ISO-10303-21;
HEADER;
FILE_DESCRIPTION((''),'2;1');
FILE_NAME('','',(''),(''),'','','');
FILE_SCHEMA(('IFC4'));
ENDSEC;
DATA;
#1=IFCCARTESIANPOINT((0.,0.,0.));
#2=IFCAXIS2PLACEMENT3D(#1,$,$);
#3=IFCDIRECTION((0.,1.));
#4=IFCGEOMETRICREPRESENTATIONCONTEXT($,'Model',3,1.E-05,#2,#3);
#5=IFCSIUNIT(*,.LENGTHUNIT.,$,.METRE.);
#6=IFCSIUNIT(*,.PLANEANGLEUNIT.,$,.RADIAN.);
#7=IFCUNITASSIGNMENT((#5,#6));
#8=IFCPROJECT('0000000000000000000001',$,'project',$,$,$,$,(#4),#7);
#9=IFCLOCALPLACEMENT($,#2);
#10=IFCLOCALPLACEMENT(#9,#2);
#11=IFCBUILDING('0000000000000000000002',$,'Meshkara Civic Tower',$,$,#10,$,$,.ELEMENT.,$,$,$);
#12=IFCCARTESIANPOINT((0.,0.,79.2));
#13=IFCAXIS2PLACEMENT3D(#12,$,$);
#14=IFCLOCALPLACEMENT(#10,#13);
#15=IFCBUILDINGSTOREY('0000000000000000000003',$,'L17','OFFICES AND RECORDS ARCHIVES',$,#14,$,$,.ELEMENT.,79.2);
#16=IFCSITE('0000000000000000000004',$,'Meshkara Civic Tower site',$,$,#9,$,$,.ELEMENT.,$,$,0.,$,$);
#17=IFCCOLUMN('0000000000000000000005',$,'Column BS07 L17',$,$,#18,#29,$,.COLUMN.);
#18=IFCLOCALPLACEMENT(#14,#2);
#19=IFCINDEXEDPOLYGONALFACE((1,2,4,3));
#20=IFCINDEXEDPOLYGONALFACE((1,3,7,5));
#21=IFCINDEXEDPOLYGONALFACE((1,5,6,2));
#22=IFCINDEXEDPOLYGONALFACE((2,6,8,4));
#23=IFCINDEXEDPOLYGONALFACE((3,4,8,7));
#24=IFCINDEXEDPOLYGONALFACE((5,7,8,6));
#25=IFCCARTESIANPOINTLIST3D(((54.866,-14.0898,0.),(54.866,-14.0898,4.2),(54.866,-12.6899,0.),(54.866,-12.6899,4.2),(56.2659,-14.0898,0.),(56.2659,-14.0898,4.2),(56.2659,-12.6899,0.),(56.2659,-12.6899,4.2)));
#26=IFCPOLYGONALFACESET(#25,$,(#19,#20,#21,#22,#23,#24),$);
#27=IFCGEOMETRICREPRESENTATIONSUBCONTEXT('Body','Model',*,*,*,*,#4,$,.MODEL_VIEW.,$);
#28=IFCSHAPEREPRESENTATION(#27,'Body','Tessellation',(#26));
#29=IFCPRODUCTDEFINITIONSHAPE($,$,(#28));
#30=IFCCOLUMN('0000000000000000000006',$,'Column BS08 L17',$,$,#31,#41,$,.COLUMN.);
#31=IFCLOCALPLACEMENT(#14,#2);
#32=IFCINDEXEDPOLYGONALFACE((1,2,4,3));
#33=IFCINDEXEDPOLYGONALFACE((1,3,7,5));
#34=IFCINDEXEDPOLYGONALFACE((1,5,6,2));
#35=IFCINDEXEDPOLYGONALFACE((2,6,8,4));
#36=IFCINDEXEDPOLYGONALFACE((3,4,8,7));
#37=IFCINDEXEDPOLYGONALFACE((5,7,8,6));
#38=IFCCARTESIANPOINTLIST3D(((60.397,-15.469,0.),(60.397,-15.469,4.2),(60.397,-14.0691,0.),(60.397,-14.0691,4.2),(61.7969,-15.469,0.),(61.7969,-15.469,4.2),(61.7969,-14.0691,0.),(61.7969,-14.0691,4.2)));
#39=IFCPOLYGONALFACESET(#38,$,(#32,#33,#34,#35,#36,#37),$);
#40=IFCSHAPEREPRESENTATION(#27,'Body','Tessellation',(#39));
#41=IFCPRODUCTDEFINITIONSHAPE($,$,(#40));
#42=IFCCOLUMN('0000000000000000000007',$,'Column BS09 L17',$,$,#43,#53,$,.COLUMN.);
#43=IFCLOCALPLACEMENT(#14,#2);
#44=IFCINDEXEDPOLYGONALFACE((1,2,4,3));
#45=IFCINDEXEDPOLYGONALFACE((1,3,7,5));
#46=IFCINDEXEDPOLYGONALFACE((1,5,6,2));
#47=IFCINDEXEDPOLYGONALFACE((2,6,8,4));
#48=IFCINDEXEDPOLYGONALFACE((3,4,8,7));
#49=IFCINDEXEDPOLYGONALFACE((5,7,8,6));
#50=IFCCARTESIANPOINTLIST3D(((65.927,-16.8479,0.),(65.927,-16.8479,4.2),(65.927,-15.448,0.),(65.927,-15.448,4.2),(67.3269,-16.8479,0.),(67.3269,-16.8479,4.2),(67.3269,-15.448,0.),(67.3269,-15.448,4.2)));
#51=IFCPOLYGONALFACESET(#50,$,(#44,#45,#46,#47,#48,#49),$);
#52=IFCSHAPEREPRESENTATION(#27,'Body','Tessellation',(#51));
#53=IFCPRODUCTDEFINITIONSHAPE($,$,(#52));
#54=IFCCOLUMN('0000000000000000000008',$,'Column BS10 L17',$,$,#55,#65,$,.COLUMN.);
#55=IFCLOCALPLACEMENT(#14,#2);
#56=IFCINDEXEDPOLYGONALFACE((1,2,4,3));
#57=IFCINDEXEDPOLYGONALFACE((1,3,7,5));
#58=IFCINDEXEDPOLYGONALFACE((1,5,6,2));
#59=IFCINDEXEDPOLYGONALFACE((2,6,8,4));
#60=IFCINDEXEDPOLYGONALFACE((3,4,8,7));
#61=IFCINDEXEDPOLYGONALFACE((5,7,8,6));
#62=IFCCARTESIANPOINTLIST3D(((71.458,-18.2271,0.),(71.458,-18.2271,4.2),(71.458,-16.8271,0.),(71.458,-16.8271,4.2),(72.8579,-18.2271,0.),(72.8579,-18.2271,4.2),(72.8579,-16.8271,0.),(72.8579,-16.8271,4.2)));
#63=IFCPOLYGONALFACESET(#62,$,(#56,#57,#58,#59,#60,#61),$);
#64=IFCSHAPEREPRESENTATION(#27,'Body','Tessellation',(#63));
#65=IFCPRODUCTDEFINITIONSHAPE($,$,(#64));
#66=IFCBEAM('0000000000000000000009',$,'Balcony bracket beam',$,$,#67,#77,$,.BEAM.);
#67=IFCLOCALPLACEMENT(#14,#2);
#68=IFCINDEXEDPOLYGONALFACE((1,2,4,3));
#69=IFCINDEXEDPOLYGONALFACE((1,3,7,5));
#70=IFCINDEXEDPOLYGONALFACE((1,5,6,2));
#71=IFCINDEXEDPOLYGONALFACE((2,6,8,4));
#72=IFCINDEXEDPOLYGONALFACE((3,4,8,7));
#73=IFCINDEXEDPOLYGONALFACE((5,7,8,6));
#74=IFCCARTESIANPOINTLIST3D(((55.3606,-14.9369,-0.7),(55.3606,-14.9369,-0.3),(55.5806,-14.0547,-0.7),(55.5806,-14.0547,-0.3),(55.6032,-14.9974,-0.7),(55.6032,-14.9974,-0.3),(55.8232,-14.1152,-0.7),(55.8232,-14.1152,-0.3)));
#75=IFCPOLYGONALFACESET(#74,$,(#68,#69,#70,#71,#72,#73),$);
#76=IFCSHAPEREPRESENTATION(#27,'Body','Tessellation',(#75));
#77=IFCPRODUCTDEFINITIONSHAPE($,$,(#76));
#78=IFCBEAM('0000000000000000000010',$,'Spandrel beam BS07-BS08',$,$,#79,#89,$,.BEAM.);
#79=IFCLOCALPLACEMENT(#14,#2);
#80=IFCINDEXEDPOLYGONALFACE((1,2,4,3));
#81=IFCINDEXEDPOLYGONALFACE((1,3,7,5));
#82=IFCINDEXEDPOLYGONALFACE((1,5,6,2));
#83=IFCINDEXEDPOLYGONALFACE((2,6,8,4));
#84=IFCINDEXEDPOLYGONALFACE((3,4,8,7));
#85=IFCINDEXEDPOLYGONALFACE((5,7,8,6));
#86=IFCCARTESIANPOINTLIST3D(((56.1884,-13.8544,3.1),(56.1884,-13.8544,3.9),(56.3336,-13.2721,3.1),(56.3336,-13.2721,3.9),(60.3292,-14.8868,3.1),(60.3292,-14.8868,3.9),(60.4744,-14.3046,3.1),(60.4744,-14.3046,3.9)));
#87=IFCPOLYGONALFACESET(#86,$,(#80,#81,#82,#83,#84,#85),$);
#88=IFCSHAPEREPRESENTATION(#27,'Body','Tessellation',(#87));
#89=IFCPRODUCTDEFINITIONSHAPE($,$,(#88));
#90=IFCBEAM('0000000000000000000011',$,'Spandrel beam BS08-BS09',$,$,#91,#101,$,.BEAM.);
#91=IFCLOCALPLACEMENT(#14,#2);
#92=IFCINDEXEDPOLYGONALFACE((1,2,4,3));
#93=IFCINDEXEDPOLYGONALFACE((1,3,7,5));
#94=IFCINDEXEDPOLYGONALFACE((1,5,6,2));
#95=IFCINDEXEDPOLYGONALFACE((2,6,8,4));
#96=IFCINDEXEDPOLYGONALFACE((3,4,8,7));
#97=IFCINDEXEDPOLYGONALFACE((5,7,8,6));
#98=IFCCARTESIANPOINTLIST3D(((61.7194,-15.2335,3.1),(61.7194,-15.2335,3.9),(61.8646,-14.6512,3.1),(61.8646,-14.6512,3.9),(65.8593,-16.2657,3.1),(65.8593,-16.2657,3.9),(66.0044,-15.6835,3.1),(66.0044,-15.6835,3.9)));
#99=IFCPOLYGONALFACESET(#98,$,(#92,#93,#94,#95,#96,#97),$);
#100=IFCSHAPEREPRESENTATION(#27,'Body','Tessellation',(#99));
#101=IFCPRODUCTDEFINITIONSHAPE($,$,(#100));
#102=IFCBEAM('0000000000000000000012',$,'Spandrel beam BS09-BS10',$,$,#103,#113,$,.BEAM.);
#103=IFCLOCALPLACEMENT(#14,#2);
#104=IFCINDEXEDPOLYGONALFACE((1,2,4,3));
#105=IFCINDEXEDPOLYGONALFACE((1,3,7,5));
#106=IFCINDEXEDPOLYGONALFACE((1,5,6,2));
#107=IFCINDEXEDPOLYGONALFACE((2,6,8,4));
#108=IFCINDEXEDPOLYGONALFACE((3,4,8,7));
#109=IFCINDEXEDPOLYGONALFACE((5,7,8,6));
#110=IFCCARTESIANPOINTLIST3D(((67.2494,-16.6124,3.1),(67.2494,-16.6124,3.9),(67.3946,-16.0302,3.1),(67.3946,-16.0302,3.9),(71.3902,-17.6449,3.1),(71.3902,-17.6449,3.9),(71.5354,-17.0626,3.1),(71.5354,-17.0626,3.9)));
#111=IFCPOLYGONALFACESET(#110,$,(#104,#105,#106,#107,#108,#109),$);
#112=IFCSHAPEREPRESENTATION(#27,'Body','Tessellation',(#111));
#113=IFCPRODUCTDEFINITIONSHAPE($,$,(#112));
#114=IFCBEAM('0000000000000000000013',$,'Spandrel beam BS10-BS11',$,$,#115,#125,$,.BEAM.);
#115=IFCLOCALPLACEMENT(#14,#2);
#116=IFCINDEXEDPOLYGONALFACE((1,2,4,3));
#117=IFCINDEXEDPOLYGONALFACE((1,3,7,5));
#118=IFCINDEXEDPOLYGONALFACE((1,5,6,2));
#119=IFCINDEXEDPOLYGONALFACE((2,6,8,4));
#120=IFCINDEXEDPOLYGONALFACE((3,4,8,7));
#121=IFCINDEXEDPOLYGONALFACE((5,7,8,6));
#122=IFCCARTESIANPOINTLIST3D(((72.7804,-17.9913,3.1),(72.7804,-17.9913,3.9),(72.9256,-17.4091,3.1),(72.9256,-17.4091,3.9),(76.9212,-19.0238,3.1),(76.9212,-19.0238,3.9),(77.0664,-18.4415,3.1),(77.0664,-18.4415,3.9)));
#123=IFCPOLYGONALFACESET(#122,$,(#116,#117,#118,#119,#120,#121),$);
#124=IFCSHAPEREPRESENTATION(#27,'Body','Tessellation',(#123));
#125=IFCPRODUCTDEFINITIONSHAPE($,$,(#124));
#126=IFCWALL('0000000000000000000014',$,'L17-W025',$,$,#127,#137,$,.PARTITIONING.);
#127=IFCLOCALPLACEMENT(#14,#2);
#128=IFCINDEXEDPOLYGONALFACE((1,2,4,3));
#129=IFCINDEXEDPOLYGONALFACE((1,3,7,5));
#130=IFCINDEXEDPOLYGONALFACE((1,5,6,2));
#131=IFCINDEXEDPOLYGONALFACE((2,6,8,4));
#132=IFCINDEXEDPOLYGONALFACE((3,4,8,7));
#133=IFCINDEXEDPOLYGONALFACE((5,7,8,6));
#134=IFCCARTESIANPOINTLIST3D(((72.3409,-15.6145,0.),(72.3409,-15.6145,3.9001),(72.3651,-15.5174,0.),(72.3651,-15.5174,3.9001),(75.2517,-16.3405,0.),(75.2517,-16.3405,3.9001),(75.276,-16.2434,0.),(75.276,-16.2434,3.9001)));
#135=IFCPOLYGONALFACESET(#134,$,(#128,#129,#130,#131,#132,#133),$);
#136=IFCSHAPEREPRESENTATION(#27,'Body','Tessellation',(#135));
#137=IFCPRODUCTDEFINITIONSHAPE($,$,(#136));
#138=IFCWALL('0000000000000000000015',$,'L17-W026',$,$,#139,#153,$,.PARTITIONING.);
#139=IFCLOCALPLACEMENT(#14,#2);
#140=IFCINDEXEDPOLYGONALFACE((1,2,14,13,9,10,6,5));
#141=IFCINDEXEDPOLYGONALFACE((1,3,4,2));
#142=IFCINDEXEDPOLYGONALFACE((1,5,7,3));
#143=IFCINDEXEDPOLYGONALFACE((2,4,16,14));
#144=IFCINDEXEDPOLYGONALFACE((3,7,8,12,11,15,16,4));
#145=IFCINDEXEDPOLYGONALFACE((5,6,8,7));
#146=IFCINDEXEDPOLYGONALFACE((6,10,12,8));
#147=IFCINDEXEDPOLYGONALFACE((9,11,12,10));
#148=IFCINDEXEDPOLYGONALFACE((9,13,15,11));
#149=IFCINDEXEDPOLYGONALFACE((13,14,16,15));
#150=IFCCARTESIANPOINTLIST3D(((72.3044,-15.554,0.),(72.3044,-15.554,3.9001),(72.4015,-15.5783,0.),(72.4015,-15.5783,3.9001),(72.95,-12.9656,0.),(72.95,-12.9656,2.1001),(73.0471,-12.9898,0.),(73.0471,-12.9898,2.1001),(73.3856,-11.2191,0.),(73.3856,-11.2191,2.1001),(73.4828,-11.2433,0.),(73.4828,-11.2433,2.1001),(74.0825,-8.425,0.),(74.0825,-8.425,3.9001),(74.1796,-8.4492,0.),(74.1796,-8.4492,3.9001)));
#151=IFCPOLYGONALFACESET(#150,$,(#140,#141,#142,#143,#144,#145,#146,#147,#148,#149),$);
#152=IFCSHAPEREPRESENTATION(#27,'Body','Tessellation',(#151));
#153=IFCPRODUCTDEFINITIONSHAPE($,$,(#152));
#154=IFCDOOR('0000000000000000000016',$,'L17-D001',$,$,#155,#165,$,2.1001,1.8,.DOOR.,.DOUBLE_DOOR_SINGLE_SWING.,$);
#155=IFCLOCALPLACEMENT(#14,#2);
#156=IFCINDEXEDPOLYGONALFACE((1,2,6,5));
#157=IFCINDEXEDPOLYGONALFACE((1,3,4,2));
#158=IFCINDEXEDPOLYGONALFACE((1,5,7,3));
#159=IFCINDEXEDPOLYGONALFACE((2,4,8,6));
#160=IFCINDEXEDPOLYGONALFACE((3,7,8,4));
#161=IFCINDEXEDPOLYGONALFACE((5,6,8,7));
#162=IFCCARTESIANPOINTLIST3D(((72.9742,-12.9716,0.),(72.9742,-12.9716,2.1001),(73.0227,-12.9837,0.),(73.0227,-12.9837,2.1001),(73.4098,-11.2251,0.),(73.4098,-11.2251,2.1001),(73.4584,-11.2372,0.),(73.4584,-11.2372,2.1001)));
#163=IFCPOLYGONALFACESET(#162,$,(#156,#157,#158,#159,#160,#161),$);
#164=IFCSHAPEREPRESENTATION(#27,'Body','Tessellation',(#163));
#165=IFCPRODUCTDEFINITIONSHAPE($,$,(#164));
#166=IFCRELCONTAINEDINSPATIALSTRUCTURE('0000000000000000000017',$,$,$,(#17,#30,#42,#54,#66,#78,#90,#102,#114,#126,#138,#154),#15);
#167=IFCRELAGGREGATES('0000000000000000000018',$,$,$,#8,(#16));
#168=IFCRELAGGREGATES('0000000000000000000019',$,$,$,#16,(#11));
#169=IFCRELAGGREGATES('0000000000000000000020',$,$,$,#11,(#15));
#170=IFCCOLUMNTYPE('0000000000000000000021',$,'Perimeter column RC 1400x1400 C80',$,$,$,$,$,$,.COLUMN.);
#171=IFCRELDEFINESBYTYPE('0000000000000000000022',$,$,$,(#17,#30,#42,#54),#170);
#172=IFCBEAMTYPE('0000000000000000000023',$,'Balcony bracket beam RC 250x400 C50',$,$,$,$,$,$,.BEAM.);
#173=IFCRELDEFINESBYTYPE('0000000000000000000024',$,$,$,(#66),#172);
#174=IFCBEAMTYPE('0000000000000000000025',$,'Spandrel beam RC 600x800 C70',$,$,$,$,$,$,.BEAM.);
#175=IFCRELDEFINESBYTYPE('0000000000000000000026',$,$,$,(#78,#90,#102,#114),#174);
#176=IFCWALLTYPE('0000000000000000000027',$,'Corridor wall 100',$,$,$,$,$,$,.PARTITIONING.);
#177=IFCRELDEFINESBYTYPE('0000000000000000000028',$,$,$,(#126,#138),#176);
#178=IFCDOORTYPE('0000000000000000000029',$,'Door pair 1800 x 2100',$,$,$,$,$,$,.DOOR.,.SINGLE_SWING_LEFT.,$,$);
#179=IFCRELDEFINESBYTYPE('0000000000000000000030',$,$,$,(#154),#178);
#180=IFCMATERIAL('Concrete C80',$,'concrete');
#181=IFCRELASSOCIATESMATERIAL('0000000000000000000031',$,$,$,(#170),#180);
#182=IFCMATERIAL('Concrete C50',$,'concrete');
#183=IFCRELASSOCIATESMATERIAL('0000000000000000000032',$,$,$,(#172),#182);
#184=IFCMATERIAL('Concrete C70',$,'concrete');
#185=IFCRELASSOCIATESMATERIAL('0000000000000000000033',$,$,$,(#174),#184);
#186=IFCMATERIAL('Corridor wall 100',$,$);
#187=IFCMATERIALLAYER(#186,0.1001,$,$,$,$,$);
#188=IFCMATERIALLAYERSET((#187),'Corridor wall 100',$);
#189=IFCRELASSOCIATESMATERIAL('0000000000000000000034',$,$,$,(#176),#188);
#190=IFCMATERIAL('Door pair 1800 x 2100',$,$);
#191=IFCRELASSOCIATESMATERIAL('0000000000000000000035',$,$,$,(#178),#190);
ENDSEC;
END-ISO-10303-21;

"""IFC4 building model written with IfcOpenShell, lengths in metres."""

from ifc_helpers import new_model, si_unit, direction, frame, frame_2d, origin, origin_2d, place, context, subcontext, project, spatial, rectangle, extrude, material, layer, layer_set, material_profile, profile_set, type_object, element, fill, save


model = new_model("IFC4")

# Units and contexts
model_context = context("Model", 3, precision=1e-05, world=origin(), true_north=direction((0.0, 1.0)))
body_context = subcontext(model_context, "Body", "Model", "MODEL_VIEW")
ifc_project = project(units=[si_unit("LENGTHUNIT", "METRE"), si_unit("PLANEANGLEUNIT", "RADIAN")], contexts=[model_context])

# Site, building, storey
site_placement = place(None, origin())
site = spatial("IfcSite", under=ifc_project, at=site_placement, Name="Meshkara Civic Tower site", CompositionType="ELEMENT", RefElevation=0.0)
building_placement = place(site_placement, origin())
building = spatial("IfcBuilding", under=site, at=building_placement, Name="Meshkara Civic Tower", CompositionType="ELEMENT")
storey_placement = place(building_placement, frame((0.0, 0.0, 79.2)))
storey = spatial("IfcBuildingStorey", under=building, at=storey_placement, Name="L17", Description="OFFICES AND RECORDS ARCHIVES", CompositionType="ELEMENT", Elevation=79.2)

# Columns
ifc_material_1 = material(Name="Concrete C80", Category="concrete")
ifc_material_profile_1 = material_profile(ifc_material_1, rectangle(XDim=1.3999, YDim=1.3999, at=origin_2d()))
ifc_profile_set_1 = profile_set([ifc_material_profile_1], Name="Concrete C80")
column_type = type_object("IfcColumnType", Name="Perimeter column RC 1400x1400 C80", PredefinedType="COLUMN", material=ifc_profile_set_1)
for number, where, z_axis, x_axis, name in (
    (1, (55.5659, -13.3899, 0.0), (0.0, 0.0, 1.0), (1.0, 0.0, 0.0), "Column BS07 L17"),
    (2, (61.0969, -14.769, 0.0), (0.0, 0.0, 1.0), (1.0, 0.0, 0.0), "Column BS08 L17"),
    (3, (66.627, -16.1479, 0.0), (0.0, 0.0, 1.0), (1.0, 0.0, 0.0), "Column BS09 L17"),
    (4, (72.158, -17.5271, 0.0), (0.0, 0.0, 1.0), (1.0, 0.0, 0.0), "Column BS10 L17"),
):
    element("IfcColumn", number, at=place(storey_placement, frame(where, z_axis=z_axis, x_axis=x_axis)), inside=storey, type_object=column_type, Name=name, PredefinedType="COLUMN", context=body_context, shape_type="SweptSolid", body=[
        extrude(rectangle(XDim=1.3999, YDim=1.3999, at=origin_2d()), origin(), (0.0, 0.0, 1.0), 4.2),
    ])

# Beams
ifc_material_2 = material(Name="Concrete C50", Category="concrete")
ifc_material_profile_2 = material_profile(ifc_material_2, rectangle(XDim=0.25, YDim=0.3999, at=origin_2d()))
ifc_profile_set_2 = profile_set([ifc_material_profile_2], Name="Concrete C50")
beam_type_1 = type_object("IfcBeamType", Name="Balcony bracket beam RC 250x400 C50", PredefinedType="BEAM", material=ifc_profile_set_2)
beam_1_placement = place(storey_placement, frame((55.7019, -14.085, -0.5), z_axis=(-0.241967, -0.970285, 0.0), x_axis=(0.970285, -0.241967, 0.0)))
element("IfcBeam", 5, at=beam_1_placement, inside=storey, type_object=beam_type_1, Name="Balcony bracket beam", PredefinedType="BEAM", context=body_context, shape_type="SweptSolid", body=[
    extrude(rectangle(XDim=0.25, YDim=0.3999, at=origin_2d()), origin(), (0.0, 0.0, 1.0), 0.9092),
])
ifc_material_3 = material(Name="Concrete C70", Category="concrete")
ifc_material_profile_3 = material_profile(ifc_material_3, rectangle(XDim=0.6001, YDim=0.8, at=origin_2d()))
ifc_profile_set_3 = profile_set([ifc_material_profile_3], Name="Concrete C70")
beam_type_2 = type_object("IfcBeamType", Name="Spandrel beam RC 600x800 C70", PredefinedType="BEAM", material=ifc_profile_set_3)
beam_2_placement = place(storey_placement, frame((56.261, -13.5632, 3.5), z_axis=(0.970294, -0.24193, 0.0), x_axis=(0.24193, 0.970294, 0.0)))
element("IfcBeam", 6, at=beam_2_placement, inside=storey, type_object=beam_type_2, Name="Spandrel beam BS07-BS08", PredefinedType="BEAM", context=body_context, shape_type="SweptSolid", body=[
    extrude(rectangle(XDim=0.6001, YDim=0.8, at=origin_2d()), origin(), (0.0, 0.0, 1.0), 4.2676),
])
beam_3_placement = place(storey_placement, frame((61.792, -14.9424, 3.5), z_axis=(0.970294, -0.24193, 0.0), x_axis=(0.24193, 0.970294, 0.0)))
element("IfcBeam", 7, at=beam_3_placement, inside=storey, type_object=beam_type_2, Name="Spandrel beam BS08-BS09", PredefinedType="BEAM", context=body_context, shape_type="SweptSolid", body=[
    extrude(rectangle(XDim=0.6001, YDim=0.8, at=origin_2d()), origin(), (0.0, 0.0, 1.0), 4.2666),
])
for number, where, z_axis, x_axis, name in (
    (8, (67.322, -16.3213, 3.5), (0.970294, -0.24193, 0.0), (0.24193, 0.970294, 0.0), "Spandrel beam BS09-BS10"),
    (9, (72.853, -17.7002, 3.5), (0.970294, -0.24193, 0.0), (0.24193, 0.970294, 0.0), "Spandrel beam BS10-BS11"),
):
    element("IfcBeam", number, at=place(storey_placement, frame(where, z_axis=z_axis, x_axis=x_axis)), inside=storey, type_object=beam_type_2, Name=name, PredefinedType="BEAM", context=body_context, shape_type="SweptSolid", body=[
        extrude(rectangle(XDim=0.6001, YDim=0.8, at=origin_2d()), origin(), (0.0, 0.0, 1.0), 4.2676),
    ])

# Wall
ifc_material_4 = material(Name="Corridor wall 100")
ifc_layer_1 = layer(ifc_material_4, 0.1001)
ifc_layer_set_1 = layer_set([ifc_layer_1], Name="Corridor wall 100")
wall_type_1 = type_object("IfcWallType", Name="Corridor wall 100", PredefinedType="PARTITIONING", material=ifc_layer_set_1)
wall_1_placement = place(storey_placement, frame((72.353, -15.5659, 0.0), z_axis=(0.0, 0.0, 1.0), x_axis=(0.970272, -0.242019, 0.0)))
element("IfcWall", 10, at=wall_1_placement, inside=storey, type_object=wall_type_1, Name="L17-W025", PredefinedType="PARTITIONING", context=body_context, shape_type="SweptSolid", body=[
    extrude(rectangle(XDim=3.0, YDim=0.1001, at=frame_2d((1.5, 0.0))), origin(), (0.0, 0.0, 1.0), 3.9001),
])

# Wall, opening, door
wall_2_placement = place(storey_placement, frame((74.1311, -8.437, 0.0), z_axis=(0.0, 0.0, 1.0), x_axis=(-0.242004, -0.970275, 0.0)))
wall_2 = element("IfcWall", 11, at=wall_2_placement, inside=storey, type_object=wall_type_1, Name="L17-W026", PredefinedType="PARTITIONING", context=body_context, shape_type="SweptSolid", body=[
    extrude(rectangle(XDim=7.3474, YDim=0.1001, at=frame_2d((3.6738, 0.0))), origin(), (0.0, 0.0, 1.0), 3.9001),
])
opening_1_placement = place(wall_2_placement, frame((2.8799, 0.0, 0.0)))
opening_1 = element("IfcOpeningElement", 12, at=opening_1_placement, cuts=wall_2, PredefinedType="OPENING", context=body_context, shape_type="SweptSolid", body=[
    extrude(rectangle(XDim=1.8, YDim=2.1001, at=frame_2d((0.8999, 1.05))), frame((0.0, 0.0601, 0.0), z_axis=(0.0, -1.0, 0.0), x_axis=(1.0, 0.0, 0.0)), (0.0, 0.0, 1.0), 0.1201),
])
ifc_material_5 = material(Name="Door pair 1800 x 2100")
door_type_1 = type_object("IfcDoorType", Name="Door pair 1800 x 2100", OperationType="SINGLE_SWING_LEFT", PredefinedType="DOOR", material=ifc_material_5)
door_1_placement = place(opening_1_placement, origin())
door_1 = element("IfcDoor", 13, at=door_1_placement, inside=storey, type_object=door_type_1, Name="L17-D001", OperationType="DOUBLE_DOOR_SINGLE_SWING", OverallHeight=2.1001, OverallWidth=1.8, PredefinedType="DOOR", context=body_context, shape_type="SweptSolid", body=[
    extrude(rectangle(XDim=1.8, YDim=2.1001, at=frame_2d((0.8999, 1.05))), frame((0.0, 0.0249, 0.0), z_axis=(0.0, -1.0, 0.0), x_axis=(1.0, 0.0, 0.0)), (0.0, 0.0, 1.0), 0.05),
])
fill(opening_1, door_1)

save(model, "model.ifc")
